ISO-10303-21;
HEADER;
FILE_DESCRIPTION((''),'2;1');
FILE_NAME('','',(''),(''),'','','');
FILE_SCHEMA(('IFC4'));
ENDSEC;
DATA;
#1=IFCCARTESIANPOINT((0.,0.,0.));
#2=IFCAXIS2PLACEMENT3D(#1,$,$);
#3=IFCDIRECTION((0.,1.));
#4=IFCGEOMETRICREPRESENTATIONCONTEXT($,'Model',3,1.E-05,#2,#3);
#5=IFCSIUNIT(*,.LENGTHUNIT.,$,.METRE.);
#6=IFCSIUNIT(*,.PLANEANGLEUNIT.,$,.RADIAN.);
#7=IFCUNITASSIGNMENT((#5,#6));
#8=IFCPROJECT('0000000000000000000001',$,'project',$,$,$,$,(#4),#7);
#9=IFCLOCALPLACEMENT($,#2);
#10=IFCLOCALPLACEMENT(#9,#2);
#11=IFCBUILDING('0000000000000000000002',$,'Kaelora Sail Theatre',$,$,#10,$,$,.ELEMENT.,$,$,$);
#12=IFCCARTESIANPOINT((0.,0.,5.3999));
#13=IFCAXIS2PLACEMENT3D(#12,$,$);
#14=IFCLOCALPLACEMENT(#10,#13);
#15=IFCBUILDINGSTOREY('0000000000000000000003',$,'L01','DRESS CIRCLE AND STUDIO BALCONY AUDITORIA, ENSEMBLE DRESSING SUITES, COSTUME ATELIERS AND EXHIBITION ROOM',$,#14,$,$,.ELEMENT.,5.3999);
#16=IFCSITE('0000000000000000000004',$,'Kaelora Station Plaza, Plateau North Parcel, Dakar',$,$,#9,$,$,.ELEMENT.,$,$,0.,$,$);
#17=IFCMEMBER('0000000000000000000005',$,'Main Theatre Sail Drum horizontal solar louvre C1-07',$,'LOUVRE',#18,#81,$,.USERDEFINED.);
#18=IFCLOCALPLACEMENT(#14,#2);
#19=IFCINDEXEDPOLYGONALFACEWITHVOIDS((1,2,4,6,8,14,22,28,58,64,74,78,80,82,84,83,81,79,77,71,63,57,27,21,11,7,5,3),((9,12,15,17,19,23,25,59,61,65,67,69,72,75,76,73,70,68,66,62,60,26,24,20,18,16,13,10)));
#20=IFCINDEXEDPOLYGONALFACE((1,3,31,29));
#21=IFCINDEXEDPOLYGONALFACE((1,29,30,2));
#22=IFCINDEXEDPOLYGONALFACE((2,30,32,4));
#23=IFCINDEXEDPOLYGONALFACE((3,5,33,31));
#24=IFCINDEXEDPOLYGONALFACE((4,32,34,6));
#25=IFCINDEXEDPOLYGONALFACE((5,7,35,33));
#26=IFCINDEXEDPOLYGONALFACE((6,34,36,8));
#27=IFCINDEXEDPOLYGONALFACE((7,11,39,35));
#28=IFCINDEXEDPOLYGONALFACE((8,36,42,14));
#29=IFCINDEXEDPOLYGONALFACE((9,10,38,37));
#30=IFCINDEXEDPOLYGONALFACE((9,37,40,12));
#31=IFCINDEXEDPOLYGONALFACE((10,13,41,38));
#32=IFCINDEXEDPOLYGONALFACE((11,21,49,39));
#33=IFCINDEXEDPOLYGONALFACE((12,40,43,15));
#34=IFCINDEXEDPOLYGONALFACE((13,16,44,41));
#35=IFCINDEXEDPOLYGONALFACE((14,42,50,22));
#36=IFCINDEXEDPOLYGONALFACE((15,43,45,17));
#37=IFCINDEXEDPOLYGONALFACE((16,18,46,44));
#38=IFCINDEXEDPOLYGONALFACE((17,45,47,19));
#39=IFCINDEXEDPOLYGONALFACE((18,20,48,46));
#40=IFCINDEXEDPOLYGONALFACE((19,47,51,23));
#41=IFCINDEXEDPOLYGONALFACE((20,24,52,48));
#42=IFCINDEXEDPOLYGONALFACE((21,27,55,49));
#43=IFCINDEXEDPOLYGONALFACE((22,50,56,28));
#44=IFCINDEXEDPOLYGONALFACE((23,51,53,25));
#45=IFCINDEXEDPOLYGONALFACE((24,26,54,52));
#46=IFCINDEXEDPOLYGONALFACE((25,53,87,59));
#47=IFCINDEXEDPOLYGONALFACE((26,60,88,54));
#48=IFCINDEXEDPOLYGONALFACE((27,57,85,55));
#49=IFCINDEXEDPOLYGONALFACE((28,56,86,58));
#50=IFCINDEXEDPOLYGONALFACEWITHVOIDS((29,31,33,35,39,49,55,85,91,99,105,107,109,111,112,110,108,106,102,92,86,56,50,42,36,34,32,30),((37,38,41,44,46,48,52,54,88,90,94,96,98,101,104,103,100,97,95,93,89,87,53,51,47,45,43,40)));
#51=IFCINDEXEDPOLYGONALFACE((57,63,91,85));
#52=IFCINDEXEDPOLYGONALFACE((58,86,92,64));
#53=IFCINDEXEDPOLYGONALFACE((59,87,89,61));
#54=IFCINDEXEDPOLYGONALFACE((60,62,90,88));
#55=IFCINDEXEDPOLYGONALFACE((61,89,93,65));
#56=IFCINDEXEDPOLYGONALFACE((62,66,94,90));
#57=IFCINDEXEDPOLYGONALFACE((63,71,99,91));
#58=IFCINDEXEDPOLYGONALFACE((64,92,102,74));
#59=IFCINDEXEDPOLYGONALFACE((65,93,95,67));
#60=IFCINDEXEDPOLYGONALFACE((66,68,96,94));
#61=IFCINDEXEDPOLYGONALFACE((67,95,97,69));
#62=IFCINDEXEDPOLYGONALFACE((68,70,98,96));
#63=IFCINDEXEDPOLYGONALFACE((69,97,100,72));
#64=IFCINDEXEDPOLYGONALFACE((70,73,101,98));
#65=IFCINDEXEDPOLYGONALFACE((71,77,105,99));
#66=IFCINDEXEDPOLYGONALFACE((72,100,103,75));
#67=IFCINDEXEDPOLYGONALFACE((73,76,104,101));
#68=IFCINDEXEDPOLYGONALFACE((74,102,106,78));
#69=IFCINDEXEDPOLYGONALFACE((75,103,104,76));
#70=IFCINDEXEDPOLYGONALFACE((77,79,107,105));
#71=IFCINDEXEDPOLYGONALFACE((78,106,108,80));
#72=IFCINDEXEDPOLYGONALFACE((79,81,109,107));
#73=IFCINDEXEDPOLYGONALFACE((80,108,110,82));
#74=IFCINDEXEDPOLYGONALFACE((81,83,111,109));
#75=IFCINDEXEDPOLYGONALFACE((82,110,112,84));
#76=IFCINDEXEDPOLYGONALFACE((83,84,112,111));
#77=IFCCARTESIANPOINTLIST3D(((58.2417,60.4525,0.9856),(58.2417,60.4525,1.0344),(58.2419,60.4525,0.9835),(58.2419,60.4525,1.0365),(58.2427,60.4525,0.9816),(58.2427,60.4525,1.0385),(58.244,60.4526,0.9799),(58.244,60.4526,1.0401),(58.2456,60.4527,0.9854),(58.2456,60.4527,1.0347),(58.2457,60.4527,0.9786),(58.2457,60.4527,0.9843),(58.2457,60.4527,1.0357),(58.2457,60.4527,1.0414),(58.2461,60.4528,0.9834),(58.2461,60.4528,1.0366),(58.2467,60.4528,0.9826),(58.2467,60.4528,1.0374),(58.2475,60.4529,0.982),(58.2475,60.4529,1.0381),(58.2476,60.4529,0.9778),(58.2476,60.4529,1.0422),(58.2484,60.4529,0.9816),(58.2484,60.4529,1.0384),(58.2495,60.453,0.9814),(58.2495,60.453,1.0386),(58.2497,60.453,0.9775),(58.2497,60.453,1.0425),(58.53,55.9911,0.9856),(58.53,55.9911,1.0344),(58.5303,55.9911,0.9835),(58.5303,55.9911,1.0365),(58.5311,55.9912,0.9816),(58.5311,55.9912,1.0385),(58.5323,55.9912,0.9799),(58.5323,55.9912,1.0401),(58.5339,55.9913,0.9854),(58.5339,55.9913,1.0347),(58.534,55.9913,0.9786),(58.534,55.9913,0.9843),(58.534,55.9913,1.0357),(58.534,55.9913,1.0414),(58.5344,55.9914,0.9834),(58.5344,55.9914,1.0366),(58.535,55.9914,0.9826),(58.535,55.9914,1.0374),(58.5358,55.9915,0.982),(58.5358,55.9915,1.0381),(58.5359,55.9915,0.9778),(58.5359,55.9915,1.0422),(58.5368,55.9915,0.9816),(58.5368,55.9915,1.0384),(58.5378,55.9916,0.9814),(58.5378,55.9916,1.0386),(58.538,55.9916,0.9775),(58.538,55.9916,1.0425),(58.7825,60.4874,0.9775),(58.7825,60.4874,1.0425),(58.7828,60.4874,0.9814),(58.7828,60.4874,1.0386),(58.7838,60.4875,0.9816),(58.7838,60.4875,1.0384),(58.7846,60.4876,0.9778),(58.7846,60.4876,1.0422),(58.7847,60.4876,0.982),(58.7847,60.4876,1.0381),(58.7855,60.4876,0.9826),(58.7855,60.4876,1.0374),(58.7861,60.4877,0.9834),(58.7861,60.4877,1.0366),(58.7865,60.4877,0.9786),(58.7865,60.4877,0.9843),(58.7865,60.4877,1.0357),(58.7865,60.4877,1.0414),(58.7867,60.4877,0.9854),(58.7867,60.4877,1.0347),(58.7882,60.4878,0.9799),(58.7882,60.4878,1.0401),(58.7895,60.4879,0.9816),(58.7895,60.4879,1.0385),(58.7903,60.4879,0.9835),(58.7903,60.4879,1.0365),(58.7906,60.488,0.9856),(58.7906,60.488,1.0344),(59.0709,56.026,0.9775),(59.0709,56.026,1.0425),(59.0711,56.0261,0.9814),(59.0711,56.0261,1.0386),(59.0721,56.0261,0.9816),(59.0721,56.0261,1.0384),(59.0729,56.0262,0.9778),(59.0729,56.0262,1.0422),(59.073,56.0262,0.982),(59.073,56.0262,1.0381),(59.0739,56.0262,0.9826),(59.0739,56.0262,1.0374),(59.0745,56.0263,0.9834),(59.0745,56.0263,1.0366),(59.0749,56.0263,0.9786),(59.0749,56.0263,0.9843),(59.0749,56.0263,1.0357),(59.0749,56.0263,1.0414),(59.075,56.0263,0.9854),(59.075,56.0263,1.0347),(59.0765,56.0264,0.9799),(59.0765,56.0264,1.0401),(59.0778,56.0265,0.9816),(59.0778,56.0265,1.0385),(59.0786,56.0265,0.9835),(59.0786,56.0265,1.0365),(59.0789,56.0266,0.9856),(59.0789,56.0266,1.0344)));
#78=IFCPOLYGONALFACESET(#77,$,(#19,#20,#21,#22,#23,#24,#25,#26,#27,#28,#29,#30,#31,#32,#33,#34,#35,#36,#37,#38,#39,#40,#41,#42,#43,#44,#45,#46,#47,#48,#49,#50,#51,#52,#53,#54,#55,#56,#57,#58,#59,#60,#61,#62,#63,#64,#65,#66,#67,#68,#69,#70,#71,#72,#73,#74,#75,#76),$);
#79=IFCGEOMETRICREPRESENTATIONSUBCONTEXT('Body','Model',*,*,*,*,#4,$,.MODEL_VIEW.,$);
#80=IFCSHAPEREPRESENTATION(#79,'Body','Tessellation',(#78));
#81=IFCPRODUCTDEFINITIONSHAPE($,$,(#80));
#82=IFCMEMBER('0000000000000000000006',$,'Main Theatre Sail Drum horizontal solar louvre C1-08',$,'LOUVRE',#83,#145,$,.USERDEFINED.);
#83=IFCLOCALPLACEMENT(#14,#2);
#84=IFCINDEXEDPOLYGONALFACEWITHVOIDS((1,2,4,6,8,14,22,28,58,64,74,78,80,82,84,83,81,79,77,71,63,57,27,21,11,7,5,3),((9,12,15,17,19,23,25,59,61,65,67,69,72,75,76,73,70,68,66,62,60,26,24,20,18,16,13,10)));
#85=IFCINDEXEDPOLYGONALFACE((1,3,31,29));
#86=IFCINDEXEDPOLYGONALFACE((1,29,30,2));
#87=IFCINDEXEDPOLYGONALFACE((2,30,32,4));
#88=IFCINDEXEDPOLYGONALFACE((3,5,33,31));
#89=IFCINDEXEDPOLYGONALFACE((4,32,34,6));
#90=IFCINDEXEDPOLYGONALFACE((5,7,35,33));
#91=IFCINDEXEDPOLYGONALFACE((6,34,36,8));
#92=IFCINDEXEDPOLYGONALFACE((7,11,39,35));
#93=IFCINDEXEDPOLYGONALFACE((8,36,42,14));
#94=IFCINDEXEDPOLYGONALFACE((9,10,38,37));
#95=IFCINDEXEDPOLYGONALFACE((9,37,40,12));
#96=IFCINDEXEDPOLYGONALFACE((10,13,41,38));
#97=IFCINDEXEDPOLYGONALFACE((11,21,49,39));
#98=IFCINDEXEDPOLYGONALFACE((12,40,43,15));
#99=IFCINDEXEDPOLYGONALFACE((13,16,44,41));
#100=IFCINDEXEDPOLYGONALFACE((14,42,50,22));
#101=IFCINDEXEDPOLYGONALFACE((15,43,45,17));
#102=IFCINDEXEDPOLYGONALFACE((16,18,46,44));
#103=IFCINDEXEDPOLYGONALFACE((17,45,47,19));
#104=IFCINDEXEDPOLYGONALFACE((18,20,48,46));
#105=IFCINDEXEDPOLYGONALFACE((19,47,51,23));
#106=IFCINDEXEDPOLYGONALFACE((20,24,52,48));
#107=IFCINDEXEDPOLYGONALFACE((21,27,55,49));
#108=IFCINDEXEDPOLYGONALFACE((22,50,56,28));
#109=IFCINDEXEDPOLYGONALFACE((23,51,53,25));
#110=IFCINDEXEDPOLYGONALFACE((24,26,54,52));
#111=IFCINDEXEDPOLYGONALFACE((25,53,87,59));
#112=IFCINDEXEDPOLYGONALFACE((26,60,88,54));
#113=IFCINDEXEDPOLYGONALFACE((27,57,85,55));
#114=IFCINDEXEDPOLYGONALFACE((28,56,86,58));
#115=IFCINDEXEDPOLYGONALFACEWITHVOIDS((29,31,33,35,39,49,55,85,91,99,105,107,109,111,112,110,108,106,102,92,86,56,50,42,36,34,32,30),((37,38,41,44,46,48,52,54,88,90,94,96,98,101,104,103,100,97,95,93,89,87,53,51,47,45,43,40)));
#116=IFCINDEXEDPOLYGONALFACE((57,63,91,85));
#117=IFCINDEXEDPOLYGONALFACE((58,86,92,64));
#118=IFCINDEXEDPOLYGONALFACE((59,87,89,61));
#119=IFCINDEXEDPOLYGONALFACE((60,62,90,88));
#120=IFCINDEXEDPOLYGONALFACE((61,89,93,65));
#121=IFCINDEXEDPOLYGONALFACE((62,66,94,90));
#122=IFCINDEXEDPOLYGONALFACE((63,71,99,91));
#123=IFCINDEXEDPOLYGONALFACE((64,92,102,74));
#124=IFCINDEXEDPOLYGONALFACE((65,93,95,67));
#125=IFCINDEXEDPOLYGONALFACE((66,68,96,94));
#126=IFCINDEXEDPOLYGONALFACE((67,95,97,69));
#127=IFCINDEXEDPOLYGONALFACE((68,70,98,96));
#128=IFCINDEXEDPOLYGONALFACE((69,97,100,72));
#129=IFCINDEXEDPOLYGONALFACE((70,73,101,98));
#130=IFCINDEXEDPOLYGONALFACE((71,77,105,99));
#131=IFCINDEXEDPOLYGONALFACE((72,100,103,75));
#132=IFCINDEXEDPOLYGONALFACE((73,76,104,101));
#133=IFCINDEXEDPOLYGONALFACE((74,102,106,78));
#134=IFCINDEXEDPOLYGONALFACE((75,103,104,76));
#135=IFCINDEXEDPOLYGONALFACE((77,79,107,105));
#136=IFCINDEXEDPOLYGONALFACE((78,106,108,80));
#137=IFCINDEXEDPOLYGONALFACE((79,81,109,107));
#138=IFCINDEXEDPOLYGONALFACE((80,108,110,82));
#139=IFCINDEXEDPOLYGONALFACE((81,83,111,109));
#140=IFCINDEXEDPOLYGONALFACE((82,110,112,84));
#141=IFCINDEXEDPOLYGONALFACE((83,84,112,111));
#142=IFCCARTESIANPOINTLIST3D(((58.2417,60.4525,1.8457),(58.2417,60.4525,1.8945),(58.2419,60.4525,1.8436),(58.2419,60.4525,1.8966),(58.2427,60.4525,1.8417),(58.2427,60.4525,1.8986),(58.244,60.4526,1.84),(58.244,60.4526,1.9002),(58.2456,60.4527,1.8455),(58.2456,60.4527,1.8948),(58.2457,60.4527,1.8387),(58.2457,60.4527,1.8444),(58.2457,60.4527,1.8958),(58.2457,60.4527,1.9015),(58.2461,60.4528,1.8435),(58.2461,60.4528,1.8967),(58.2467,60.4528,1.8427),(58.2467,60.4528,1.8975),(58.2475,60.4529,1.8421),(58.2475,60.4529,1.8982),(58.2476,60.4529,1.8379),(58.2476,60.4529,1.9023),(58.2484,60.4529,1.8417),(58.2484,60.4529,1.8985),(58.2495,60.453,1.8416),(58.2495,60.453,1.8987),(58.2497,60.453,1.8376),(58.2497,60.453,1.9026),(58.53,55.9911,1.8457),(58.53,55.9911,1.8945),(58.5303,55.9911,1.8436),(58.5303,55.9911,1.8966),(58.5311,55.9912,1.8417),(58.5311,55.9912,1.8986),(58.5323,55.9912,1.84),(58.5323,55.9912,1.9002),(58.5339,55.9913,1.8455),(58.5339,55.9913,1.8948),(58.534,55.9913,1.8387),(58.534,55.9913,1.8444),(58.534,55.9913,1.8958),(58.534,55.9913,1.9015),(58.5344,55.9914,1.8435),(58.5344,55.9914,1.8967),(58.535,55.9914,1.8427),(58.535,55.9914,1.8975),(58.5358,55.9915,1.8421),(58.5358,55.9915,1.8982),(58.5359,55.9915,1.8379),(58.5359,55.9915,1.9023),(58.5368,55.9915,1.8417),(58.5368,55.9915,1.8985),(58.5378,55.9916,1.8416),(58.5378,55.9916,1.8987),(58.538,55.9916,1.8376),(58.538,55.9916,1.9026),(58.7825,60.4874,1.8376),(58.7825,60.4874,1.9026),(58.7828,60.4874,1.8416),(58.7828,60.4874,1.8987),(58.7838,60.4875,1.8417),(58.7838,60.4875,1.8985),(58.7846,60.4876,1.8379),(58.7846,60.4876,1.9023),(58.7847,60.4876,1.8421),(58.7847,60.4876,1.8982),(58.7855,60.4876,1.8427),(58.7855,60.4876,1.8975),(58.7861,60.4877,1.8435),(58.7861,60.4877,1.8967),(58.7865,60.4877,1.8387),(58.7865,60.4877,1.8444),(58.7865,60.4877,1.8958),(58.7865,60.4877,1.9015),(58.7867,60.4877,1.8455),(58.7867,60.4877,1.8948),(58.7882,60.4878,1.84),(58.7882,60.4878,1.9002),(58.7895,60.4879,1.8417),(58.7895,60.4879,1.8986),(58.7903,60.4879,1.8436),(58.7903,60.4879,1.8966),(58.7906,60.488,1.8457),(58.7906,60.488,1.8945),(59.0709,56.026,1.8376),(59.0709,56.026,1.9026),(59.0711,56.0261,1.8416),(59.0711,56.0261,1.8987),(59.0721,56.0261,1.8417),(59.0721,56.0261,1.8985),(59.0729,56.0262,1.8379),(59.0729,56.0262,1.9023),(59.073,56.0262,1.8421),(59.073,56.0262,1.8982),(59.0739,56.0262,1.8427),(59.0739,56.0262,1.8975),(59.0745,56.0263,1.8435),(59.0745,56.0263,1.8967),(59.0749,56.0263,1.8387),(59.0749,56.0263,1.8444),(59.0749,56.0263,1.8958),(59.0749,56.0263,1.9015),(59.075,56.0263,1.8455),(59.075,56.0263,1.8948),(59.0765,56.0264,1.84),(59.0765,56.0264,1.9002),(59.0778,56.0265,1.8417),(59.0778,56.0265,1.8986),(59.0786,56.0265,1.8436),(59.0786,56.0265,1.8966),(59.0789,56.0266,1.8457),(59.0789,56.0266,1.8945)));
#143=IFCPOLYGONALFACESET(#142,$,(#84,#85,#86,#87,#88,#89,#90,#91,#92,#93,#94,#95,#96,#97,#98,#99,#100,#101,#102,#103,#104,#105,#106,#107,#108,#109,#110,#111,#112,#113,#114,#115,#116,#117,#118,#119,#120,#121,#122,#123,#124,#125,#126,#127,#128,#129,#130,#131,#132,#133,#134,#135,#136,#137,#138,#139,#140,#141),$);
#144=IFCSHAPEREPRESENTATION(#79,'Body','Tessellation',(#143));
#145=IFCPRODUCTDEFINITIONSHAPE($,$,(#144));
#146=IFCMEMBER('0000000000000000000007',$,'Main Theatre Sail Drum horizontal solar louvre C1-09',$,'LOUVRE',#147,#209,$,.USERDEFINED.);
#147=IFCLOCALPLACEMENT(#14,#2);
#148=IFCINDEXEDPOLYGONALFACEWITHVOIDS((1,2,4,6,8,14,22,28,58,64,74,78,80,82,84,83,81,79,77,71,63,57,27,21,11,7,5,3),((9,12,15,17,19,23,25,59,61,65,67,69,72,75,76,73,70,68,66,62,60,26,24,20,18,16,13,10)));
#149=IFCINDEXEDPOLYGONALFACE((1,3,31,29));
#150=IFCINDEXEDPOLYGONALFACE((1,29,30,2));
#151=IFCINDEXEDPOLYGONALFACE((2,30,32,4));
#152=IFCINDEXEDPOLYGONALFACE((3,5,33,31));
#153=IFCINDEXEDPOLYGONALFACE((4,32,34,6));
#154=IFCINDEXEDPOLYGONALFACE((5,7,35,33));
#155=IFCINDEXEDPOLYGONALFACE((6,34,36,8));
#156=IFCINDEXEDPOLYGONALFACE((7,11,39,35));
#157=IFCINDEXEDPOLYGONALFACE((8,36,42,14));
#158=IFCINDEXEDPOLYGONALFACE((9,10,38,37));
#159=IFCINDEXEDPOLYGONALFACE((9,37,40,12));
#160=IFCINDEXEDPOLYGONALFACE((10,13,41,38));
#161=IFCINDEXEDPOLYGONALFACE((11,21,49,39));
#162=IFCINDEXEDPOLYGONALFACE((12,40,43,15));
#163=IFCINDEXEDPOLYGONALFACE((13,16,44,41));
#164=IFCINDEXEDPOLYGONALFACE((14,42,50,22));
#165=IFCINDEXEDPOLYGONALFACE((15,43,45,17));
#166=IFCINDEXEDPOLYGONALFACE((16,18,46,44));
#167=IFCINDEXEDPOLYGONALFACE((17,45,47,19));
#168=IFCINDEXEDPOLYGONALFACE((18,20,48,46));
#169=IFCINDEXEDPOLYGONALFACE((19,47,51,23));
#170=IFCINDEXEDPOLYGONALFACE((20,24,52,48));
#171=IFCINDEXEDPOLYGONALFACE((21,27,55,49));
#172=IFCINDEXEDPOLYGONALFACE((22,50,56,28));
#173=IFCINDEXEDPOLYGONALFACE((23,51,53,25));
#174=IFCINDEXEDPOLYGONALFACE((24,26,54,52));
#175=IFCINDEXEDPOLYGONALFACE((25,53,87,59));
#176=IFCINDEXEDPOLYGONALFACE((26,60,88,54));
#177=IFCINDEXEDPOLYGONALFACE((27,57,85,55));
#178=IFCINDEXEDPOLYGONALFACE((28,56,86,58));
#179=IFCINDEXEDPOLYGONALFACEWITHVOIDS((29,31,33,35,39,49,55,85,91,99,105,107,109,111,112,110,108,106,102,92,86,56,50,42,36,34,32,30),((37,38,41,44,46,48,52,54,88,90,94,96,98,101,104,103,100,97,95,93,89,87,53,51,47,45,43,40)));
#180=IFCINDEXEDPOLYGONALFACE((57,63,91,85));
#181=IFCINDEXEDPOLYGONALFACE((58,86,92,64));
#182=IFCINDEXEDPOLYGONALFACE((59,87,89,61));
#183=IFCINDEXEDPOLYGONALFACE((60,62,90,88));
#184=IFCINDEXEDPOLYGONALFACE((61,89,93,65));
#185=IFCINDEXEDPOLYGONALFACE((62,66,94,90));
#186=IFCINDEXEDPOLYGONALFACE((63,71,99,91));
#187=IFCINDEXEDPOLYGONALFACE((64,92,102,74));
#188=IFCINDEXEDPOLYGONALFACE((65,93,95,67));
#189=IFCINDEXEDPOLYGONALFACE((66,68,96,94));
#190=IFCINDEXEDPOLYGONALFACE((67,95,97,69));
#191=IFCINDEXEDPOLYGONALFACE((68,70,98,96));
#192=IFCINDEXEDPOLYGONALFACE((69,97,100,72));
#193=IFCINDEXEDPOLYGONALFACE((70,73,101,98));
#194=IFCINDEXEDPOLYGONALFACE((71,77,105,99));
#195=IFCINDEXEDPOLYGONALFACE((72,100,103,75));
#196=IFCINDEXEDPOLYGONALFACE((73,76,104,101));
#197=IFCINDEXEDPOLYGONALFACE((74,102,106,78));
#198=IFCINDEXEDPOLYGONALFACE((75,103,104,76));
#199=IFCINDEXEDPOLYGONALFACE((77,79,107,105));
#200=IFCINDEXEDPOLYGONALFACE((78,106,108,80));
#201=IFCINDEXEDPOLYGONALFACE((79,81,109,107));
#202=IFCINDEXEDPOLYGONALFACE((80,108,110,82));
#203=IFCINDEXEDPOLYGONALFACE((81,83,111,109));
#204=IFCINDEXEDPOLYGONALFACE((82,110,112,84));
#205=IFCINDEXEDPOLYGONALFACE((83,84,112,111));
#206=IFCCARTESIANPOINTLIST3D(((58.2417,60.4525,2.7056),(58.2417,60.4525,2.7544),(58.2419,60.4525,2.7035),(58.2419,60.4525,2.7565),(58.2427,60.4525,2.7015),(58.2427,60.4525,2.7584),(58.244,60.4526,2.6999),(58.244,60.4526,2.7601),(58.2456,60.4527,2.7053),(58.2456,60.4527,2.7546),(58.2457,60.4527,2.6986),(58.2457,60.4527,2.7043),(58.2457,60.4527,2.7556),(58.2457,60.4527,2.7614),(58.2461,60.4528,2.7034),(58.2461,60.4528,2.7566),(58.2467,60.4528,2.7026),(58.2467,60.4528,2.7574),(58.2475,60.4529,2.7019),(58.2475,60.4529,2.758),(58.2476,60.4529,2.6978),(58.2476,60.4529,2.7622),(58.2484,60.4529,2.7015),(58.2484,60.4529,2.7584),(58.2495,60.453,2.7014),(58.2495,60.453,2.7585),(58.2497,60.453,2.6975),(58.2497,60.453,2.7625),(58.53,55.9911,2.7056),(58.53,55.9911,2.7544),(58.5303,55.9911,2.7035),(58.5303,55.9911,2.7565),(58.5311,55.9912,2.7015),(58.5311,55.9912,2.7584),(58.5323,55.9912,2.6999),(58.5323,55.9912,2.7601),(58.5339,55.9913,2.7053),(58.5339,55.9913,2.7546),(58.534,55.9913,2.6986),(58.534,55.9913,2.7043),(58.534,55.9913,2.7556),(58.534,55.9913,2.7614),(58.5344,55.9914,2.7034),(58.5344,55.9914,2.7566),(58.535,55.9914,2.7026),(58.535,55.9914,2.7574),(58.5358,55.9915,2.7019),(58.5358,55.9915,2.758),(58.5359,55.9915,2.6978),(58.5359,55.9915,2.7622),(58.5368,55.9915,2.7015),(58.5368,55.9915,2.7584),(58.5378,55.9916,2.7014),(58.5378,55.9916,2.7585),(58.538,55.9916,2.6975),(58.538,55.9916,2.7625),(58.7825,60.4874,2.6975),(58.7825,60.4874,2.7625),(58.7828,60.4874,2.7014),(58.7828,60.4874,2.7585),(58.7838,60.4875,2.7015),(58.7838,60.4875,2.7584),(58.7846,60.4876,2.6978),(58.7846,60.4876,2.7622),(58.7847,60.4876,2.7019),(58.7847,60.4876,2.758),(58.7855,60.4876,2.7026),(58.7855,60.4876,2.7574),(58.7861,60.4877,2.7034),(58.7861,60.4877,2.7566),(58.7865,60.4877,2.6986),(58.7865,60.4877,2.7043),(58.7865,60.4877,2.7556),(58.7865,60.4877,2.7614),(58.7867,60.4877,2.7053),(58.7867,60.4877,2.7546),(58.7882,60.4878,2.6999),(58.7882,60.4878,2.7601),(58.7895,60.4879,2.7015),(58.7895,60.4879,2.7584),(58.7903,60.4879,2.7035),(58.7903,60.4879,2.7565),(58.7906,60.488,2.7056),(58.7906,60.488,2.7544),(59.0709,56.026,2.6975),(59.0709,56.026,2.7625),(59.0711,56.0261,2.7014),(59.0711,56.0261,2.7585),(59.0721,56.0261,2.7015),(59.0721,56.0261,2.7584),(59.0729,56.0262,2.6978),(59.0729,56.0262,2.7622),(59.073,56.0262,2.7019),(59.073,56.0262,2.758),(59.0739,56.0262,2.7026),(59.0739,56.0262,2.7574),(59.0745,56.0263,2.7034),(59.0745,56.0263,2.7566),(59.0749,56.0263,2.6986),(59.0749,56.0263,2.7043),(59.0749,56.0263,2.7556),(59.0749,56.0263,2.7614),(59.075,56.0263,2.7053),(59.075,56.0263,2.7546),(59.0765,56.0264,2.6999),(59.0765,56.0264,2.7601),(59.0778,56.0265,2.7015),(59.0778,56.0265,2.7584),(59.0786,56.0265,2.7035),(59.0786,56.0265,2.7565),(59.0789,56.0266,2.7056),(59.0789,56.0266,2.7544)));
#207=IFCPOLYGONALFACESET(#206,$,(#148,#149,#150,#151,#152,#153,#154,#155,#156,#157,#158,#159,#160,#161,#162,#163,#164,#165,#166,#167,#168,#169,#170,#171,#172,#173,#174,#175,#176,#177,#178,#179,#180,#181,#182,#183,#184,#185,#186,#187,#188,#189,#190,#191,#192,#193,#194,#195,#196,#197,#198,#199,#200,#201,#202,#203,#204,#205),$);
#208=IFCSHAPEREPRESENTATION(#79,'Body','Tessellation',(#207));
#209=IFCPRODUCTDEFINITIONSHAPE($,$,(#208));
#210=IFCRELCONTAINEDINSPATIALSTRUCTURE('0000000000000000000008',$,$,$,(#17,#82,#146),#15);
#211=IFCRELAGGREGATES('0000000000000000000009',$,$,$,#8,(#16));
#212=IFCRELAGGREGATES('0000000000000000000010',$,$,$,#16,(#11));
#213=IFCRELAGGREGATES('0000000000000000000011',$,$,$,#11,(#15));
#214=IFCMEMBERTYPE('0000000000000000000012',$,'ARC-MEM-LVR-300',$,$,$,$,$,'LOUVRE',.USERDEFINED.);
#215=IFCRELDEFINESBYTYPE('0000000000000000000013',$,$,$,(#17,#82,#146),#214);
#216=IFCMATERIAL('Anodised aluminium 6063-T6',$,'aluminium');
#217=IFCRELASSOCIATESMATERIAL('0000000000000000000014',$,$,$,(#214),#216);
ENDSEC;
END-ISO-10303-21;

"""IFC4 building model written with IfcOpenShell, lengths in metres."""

from ifc_helpers import new_model, si_unit, direction, frame, origin, origin_2d, place, context, subcontext, project, spatial, hollow_rectangle, extrude, material, material_profile, profile_set, type_object, element, save


model = new_model("IFC4")

# Units and contexts
model_context = context("Model", 3, precision=1e-05, world=origin(), true_north=direction((0.0, 1.0)))
body_context = subcontext(model_context, "Body", "Model", "MODEL_VIEW")
ifc_project = project(units=[si_unit("LENGTHUNIT", "METRE"), si_unit("PLANEANGLEUNIT", "RADIAN")], contexts=[model_context])

# Site, building, storey
site_placement = place(None, origin())
site = spatial("IfcSite", under=ifc_project, at=site_placement, Name="Kaelora Station Plaza, Plateau North Parcel, Dakar", CompositionType="ELEMENT", RefElevation=0.0)
building_placement = place(site_placement, origin())
building = spatial("IfcBuilding", under=site, at=building_placement, Name="Kaelora Sail Theatre", CompositionType="ELEMENT")
storey_placement = place(building_placement, frame((0.0, 0.0, 5.3999)))
storey = spatial("IfcBuildingStorey", under=building, at=storey_placement, Name="L01", Description="DRESS CIRCLE AND STUDIO BALCONY AUDITORIA, ENSEMBLE DRESSING SUITES, COSTUME ATELIERS AND EXHIBITION ROOM", CompositionType="ELEMENT", Elevation=5.3999)

# Members
ifc_material_1 = material(Name="Anodised aluminium 6063-T6", Category="aluminium")
ifc_material_profile_1 = material_profile(ifc_material_1, hollow_rectangle(XDim=0.55, YDim=0.0649, WallThickness=0.0039, InnerFilletRadius=0.0039, OuterFilletRadius=0.0081, at=origin_2d()), Name="LOUVRE 550x65x4")
ifc_profile_set_1 = profile_set([ifc_material_profile_1], Name="Anodised aluminium 6063-T6")
member_type_1 = type_object("IfcMemberType", Name="ARC-MEM-LVR-300", ElementType="LOUVRE", PredefinedType="USERDEFINED", material=ifc_profile_set_1)
for number, where, z_axis, x_axis, name in (
    (1, (58.5161, 60.4702, 1.01), (0.064493, -0.997918, 0.0), (0.997918, 0.064493, 0.0), "Main Theatre Sail Drum horizontal solar louvre C1-07"),
    (2, (58.5161, 60.4702, 1.8701), (0.064493, -0.997918, 0.0), (0.997918, 0.064493, 0.0), "Main Theatre Sail Drum horizontal solar louvre C1-08"),
    (3, (58.5161, 60.4702, 2.73), (0.064493, -0.997918, 0.0), (0.997918, 0.064493, 0.0), "Main Theatre Sail Drum horizontal solar louvre C1-09"),
):
    element("IfcMember", number, at=place(storey_placement, frame(where, z_axis=z_axis, x_axis=x_axis)), inside=storey, type_object=member_type_1, Name=name, ObjectType="LOUVRE", PredefinedType="USERDEFINED", context=body_context, shape_type="SweptSolid", body=[
        extrude(hollow_rectangle(XDim=0.55, YDim=0.0649, WallThickness=0.0039, InnerFilletRadius=0.0039, OuterFilletRadius=0.0081, at=origin_2d()), origin(), (0.0, 0.0, 1.0), 4.4707),
    ])

save(model, "model.ifc")
